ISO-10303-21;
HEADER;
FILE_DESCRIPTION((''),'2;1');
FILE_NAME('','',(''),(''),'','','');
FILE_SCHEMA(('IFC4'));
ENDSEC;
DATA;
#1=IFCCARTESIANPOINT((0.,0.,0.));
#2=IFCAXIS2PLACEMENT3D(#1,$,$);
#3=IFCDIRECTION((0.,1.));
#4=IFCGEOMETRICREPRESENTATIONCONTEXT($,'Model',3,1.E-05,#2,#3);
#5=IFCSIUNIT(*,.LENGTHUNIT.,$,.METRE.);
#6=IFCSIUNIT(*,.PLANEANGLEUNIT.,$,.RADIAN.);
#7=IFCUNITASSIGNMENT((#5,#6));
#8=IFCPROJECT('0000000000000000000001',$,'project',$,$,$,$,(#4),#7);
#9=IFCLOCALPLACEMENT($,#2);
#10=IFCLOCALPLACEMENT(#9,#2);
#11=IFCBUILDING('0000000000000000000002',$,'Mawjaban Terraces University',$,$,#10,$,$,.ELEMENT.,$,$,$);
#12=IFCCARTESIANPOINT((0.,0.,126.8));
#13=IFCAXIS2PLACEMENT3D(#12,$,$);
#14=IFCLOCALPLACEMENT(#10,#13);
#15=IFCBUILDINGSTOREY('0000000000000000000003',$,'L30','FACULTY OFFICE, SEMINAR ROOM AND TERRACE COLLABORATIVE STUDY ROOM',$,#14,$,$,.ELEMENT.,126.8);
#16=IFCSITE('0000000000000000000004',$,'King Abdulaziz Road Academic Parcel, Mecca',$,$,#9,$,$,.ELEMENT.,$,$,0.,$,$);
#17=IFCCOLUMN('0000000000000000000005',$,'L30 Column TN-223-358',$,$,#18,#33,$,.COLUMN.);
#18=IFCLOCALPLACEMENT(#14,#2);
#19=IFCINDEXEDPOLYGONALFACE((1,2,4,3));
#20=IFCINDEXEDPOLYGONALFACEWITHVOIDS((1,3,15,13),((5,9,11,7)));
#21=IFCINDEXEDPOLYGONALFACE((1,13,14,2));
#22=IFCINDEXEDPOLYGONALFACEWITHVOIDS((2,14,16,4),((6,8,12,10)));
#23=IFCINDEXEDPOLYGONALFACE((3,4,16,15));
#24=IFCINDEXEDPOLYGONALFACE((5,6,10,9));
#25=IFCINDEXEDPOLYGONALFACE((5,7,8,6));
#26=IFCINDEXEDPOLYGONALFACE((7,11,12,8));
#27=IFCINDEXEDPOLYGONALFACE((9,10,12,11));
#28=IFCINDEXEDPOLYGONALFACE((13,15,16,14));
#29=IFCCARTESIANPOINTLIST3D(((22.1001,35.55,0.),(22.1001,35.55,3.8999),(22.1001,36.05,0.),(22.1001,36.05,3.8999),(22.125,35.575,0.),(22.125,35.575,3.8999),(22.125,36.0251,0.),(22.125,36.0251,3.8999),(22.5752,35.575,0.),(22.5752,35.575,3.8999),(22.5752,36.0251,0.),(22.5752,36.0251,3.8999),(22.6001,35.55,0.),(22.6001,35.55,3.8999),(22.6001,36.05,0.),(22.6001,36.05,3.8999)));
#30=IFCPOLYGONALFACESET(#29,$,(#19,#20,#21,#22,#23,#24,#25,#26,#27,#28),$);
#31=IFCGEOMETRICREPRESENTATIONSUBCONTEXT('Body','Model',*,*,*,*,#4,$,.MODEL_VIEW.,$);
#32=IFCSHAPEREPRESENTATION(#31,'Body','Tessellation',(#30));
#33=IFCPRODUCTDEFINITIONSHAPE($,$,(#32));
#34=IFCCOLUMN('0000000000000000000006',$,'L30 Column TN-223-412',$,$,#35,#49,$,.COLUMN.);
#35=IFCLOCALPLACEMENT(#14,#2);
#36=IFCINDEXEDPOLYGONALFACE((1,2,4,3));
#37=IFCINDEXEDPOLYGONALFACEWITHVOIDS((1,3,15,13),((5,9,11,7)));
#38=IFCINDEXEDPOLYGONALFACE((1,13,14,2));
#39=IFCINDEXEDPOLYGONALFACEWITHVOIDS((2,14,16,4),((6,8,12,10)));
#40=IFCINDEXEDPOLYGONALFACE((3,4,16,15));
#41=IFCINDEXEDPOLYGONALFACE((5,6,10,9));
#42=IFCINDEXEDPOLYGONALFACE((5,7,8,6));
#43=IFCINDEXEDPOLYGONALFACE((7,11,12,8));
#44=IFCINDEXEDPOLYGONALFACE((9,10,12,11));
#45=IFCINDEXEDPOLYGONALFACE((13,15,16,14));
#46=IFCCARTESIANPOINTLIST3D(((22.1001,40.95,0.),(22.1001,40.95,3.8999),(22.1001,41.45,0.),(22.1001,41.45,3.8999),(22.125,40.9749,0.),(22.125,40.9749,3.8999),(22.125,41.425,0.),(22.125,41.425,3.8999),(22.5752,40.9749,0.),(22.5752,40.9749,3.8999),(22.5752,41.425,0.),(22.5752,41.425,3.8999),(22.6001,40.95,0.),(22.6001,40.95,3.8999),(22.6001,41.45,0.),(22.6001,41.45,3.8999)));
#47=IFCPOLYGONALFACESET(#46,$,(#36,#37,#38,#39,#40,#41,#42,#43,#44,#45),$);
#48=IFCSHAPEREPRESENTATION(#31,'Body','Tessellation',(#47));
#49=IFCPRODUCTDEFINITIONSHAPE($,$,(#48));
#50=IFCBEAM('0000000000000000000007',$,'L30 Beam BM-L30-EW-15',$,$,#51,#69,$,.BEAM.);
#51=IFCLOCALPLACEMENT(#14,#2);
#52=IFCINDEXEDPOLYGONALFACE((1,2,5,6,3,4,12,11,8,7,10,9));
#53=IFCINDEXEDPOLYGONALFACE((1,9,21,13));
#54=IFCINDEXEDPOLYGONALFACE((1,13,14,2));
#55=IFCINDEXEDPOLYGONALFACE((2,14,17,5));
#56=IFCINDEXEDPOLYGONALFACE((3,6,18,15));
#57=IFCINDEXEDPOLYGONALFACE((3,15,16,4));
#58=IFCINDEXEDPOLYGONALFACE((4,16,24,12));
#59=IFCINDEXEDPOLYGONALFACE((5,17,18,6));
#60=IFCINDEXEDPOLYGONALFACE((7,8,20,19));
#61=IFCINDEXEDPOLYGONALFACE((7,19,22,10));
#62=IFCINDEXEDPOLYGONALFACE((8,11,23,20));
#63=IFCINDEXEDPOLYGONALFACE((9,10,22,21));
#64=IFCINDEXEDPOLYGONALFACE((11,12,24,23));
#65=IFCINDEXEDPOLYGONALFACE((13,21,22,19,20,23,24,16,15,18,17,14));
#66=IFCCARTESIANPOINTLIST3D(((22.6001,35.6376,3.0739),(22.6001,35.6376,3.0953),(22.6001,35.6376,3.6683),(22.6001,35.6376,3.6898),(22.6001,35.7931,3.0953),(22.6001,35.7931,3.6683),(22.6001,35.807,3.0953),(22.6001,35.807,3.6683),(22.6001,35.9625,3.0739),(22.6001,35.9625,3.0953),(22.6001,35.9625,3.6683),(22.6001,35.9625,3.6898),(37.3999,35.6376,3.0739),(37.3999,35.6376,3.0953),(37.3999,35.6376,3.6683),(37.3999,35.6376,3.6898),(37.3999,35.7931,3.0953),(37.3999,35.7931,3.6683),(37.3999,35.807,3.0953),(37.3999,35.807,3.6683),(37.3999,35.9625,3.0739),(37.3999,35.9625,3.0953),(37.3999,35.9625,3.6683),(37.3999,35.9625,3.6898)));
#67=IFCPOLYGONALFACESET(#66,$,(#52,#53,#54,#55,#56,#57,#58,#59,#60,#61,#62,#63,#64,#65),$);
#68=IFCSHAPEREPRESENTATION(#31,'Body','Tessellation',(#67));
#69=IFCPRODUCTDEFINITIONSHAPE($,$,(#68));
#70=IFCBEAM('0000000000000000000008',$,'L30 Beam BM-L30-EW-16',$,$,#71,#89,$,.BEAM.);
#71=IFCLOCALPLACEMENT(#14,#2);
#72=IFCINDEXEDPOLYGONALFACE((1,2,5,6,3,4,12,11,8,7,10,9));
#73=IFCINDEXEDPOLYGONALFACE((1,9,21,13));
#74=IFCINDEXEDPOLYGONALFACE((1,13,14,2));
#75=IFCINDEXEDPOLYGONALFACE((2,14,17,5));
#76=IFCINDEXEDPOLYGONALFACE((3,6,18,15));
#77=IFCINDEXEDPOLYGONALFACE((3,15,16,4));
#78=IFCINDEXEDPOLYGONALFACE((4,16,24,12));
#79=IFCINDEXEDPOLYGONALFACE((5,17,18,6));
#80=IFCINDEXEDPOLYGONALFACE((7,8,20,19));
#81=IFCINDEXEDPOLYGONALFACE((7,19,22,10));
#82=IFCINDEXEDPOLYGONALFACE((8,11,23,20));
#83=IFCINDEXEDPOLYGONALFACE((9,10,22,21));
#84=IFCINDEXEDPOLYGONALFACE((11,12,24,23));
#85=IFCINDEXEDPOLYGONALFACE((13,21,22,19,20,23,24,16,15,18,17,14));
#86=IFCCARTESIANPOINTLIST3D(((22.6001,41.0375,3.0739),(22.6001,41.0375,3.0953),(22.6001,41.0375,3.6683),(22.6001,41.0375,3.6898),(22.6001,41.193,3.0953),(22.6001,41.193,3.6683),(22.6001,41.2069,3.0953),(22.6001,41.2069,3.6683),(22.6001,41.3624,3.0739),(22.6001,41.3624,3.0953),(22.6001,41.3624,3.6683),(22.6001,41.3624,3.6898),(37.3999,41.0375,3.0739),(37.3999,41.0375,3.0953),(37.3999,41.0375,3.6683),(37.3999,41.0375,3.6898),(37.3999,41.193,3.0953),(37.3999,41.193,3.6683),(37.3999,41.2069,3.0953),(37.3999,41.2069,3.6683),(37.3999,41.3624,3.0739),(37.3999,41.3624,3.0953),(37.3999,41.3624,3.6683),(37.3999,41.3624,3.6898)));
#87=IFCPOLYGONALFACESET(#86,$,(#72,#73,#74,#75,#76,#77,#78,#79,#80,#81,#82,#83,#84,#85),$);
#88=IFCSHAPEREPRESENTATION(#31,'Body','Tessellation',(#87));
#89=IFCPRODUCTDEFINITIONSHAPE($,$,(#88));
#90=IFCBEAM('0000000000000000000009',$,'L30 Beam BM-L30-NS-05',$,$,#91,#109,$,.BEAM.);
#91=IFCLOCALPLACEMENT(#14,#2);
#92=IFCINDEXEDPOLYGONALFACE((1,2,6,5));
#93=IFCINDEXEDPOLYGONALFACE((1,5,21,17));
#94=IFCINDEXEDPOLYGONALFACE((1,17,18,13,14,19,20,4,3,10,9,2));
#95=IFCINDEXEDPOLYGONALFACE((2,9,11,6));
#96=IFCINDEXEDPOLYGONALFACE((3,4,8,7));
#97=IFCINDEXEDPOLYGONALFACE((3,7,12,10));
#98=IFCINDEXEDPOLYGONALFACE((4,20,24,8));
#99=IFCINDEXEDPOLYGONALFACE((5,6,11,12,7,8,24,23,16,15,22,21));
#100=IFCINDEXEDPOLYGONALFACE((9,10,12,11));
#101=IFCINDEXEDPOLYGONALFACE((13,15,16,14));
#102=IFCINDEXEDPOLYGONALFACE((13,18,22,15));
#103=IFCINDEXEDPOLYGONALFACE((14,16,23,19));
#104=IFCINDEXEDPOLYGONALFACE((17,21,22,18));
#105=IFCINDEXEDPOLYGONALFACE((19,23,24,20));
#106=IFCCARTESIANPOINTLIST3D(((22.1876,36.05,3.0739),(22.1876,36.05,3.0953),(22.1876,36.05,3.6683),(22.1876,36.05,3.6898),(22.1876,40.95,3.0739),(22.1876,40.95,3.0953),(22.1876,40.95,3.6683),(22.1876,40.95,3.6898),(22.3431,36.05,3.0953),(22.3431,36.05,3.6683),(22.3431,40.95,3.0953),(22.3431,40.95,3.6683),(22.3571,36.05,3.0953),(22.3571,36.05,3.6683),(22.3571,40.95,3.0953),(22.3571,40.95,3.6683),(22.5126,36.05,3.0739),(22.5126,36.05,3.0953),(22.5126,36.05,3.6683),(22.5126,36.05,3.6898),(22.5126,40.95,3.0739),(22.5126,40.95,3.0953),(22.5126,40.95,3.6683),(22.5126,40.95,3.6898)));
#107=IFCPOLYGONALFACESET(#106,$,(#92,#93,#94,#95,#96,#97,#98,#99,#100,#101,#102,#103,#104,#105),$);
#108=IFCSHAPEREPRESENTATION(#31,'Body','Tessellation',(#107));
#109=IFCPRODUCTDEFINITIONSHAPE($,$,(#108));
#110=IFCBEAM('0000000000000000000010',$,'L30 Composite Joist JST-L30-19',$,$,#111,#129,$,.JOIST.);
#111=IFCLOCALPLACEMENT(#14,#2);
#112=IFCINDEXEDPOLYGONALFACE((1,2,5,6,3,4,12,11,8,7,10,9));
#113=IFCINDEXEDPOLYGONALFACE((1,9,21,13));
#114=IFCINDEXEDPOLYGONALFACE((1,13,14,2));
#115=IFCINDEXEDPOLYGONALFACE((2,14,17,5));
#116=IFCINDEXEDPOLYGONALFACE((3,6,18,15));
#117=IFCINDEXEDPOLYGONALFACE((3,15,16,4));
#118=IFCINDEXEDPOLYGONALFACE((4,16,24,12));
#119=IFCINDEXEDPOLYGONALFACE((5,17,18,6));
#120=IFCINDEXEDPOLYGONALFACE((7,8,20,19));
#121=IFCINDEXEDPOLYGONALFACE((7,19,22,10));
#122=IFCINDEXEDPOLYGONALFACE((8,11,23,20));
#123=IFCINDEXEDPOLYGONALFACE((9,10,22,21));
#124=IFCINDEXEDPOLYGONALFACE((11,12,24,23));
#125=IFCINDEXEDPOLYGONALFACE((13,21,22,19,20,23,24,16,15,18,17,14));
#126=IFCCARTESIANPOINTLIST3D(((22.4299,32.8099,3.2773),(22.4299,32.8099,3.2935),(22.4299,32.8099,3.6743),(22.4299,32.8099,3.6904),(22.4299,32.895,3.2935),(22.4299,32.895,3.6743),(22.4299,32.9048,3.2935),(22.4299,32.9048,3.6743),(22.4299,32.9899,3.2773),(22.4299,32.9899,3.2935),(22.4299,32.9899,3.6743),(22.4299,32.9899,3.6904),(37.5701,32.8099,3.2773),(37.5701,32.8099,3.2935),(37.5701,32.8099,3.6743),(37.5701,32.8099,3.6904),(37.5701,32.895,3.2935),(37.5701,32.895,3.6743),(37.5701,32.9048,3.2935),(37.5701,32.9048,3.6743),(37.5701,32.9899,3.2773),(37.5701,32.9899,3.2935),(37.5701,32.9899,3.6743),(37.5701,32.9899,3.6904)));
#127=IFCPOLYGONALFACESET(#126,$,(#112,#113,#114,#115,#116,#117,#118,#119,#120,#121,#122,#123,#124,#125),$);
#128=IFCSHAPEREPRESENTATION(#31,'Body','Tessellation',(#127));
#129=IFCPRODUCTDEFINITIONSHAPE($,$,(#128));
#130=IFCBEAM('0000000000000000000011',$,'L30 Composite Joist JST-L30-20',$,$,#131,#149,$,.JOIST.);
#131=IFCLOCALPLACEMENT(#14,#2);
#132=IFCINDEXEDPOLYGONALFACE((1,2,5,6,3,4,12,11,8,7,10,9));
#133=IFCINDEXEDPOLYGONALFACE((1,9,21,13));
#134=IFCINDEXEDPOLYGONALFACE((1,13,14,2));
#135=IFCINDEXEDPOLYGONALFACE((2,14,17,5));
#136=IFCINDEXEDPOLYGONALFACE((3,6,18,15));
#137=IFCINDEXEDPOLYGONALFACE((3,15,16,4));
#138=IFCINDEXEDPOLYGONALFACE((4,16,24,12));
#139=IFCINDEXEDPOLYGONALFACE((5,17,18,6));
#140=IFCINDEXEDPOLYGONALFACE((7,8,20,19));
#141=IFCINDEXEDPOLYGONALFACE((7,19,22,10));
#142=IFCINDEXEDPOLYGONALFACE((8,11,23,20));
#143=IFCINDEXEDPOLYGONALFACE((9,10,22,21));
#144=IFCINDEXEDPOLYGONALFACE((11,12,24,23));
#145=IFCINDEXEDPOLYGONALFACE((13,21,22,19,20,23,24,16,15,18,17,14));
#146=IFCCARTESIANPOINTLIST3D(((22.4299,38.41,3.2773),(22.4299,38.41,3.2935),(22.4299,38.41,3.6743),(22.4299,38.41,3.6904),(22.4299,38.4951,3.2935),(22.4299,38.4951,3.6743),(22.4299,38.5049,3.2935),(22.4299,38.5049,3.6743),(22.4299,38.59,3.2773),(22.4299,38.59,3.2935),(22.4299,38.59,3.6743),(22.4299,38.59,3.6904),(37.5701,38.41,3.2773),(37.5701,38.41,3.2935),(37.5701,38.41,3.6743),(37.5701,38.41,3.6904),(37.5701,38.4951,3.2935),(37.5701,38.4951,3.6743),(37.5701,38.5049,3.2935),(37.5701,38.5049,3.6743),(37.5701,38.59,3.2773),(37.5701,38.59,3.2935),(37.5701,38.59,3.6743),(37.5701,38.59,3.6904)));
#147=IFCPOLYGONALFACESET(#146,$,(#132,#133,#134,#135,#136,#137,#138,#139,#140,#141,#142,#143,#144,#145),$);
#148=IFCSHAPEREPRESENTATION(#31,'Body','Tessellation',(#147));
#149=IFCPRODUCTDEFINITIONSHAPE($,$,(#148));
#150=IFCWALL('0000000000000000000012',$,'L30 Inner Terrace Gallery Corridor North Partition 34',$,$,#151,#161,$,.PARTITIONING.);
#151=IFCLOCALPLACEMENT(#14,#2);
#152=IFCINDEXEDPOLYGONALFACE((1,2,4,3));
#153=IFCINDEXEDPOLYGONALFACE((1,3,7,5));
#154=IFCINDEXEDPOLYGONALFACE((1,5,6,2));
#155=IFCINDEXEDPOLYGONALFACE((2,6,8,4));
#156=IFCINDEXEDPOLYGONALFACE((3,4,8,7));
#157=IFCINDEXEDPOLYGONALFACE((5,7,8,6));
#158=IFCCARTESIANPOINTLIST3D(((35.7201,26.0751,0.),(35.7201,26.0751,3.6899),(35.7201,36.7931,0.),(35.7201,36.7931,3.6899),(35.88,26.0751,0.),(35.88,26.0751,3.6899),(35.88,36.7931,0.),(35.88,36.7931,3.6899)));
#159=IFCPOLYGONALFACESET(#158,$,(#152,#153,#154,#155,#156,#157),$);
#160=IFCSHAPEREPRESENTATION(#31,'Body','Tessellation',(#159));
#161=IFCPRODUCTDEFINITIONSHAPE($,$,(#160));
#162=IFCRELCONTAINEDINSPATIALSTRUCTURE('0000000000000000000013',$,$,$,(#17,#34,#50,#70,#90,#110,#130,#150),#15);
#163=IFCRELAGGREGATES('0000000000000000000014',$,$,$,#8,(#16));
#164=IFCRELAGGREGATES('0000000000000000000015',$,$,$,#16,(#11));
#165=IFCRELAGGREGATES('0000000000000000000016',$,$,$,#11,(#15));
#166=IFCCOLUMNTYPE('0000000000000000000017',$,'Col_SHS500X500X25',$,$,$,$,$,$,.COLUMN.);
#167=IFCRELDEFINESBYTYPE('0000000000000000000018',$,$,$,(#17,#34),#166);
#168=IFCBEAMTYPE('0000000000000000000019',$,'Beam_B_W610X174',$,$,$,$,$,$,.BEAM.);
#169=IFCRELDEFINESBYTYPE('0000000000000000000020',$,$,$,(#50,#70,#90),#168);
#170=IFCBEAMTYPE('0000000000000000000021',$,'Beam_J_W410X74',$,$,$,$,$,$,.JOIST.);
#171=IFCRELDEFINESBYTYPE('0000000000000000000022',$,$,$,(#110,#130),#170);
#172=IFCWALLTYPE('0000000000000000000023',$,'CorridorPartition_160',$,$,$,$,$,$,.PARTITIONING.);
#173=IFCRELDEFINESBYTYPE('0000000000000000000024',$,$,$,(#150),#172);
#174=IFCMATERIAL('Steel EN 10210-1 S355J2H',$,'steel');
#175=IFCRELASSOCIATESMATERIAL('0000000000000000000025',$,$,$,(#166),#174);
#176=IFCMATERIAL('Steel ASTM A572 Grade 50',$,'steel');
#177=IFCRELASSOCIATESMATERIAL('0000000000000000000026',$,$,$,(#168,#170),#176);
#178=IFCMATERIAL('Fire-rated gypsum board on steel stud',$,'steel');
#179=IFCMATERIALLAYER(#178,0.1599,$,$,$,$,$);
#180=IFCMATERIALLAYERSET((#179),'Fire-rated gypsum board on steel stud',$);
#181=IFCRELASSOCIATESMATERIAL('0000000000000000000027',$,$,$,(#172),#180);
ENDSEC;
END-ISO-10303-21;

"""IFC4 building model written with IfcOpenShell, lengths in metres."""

from ifc_helpers import new_model, si_unit, direction, frame, frame_2d, origin, origin_2d, place, context, subcontext, project, spatial, rectangle, hollow_rectangle, i_section, extrude, material, layer, layer_set, material_profile, profile_set, type_object, element, save


model = new_model("IFC4")

# Units and contexts
model_context = context("Model", 3, precision=1e-05, world=origin(), true_north=direction((0.0, 1.0)))
body_context = subcontext(model_context, "Body", "Model", "MODEL_VIEW")
ifc_project = project(units=[si_unit("LENGTHUNIT", "METRE"), si_unit("PLANEANGLEUNIT", "RADIAN")], contexts=[model_context])

# Site, building, storey
site_placement = place(None, origin())
site = spatial("IfcSite", under=ifc_project, at=site_placement, Name="King Abdulaziz Road Academic Parcel, Mecca", CompositionType="ELEMENT", RefElevation=0.0)
building_placement = place(site_placement, origin())
building = spatial("IfcBuilding", under=site, at=building_placement, Name="Mawjaban Terraces University", CompositionType="ELEMENT")
storey_placement = place(building_placement, frame((0.0, 0.0, 126.8)))
storey = spatial("IfcBuildingStorey", under=building, at=storey_placement, Name="L30", Description="FACULTY OFFICE, SEMINAR ROOM AND TERRACE COLLABORATIVE STUDY ROOM", CompositionType="ELEMENT", Elevation=126.8)

# Columns
ifc_material_1 = material(Name="Steel EN 10210-1 S355J2H", Category="steel")
ifc_material_profile_1 = material_profile(ifc_material_1, hollow_rectangle(XDim=0.5, YDim=0.5, WallThickness=0.0249, at=origin_2d()), Name="SHS500X500X25")
ifc_profile_set_1 = profile_set([ifc_material_profile_1], Name="Steel EN 10210-1 S355J2H")
column_type = type_object("IfcColumnType", Name="Col_SHS500X500X25", PredefinedType="COLUMN", material=ifc_profile_set_1)
for number, where, z_axis, x_axis, name in (
    (1, (22.3501, 35.8, 0.0), (0.0, 0.0, 1.0), (1.0, 0.0, 0.0), "L30 Column TN-223-358"),
    (2, (22.3501, 41.2, 0.0), (0.0, 0.0, 1.0), (1.0, 0.0, 0.0), "L30 Column TN-223-412"),
):
    element("IfcColumn", number, at=place(storey_placement, frame(where, z_axis=z_axis, x_axis=x_axis)), inside=storey, type_object=column_type, Name=name, PredefinedType="COLUMN", context=body_context, shape_type="SweptSolid", body=[
        extrude(hollow_rectangle(XDim=0.5, YDim=0.5, WallThickness=0.0249, at=origin_2d()), origin(), (0.0, 0.0, 1.0), 3.8999),
    ])

# Beams
ifc_material_2 = material(Name="Steel ASTM A572 Grade 50", Category="steel")
ifc_material_profile_2 = material_profile(ifc_material_2, i_section(OverallWidth=0.325, OverallDepth=0.616, WebThickness=0.0139, FlangeThickness=0.0215, at=origin_2d()), Name="W610X174")
ifc_profile_set_2 = profile_set([ifc_material_profile_2], Name="Steel ASTM A572 Grade 50")
beam_type_1 = type_object("IfcBeamType", Name="Beam_B_W610X174", PredefinedType="BEAM", material=ifc_profile_set_2)
for number, where, z_axis, x_axis, name in (
    (3, (22.6001, 35.8, 3.3818), (1.0, 0.0, 0.0), (0.0, 1.0, 0.0), "L30 Beam BM-L30-EW-15"),
    (4, (22.6001, 41.2, 3.3818), (1.0, 0.0, 0.0), (0.0, 1.0, 0.0), "L30 Beam BM-L30-EW-16"),
):
    element("IfcBeam", number, at=place(storey_placement, frame(where, z_axis=z_axis, x_axis=x_axis)), inside=storey, type_object=beam_type_1, Name=name, PredefinedType="BEAM", context=body_context, shape_type="SweptSolid", body=[
        extrude(i_section(OverallWidth=0.325, OverallDepth=0.616, WebThickness=0.0139, FlangeThickness=0.0215, at=origin_2d()), origin(), (0.0, 0.0, 1.0), 14.7998),
    ])
beam_placement = place(storey_placement, frame((22.3501, 36.05, 3.3818), z_axis=(0.0, 1.0, 0.0), x_axis=(-1.0, 0.0, 0.0)))
element("IfcBeam", 5, at=beam_placement, inside=storey, type_object=beam_type_1, Name="L30 Beam BM-L30-NS-05", PredefinedType="BEAM", context=body_context, shape_type="SweptSolid", body=[
    extrude(i_section(OverallWidth=0.325, OverallDepth=0.616, WebThickness=0.0139, FlangeThickness=0.0215, at=origin_2d()), origin(), (0.0, 0.0, 1.0), 4.8999),
])
ifc_material_profile_3 = material_profile(ifc_material_2, i_section(OverallWidth=0.1799, OverallDepth=0.4131, WebThickness=0.0098, FlangeThickness=0.0161, at=origin_2d()), Name="W410X74")
ifc_profile_set_3 = profile_set([ifc_material_profile_3], Name="Steel ASTM A572 Grade 50")
beam_type_2 = type_object("IfcBeamType", Name="Beam_J_W410X74", PredefinedType="JOIST", material=ifc_profile_set_3)
for number, where, z_axis, x_axis, name in (
    (6, (22.4299, 32.8999, 3.4839), (1.0, 0.0, 0.0), (0.0, 1.0, 0.0), "L30 Composite Joist JST-L30-19"),
    (7, (22.4299, 38.5, 3.4839), (1.0, 0.0, 0.0), (0.0, 1.0, 0.0), "L30 Composite Joist JST-L30-20"),
):
    element("IfcBeam", number, at=place(storey_placement, frame(where, z_axis=z_axis, x_axis=x_axis)), inside=storey, type_object=beam_type_2, Name=name, PredefinedType="JOIST", context=body_context, shape_type="SweptSolid", body=[
        extrude(i_section(OverallWidth=0.1799, OverallDepth=0.4131, WebThickness=0.0098, FlangeThickness=0.0161, at=origin_2d()), origin(), (0.0, 0.0, 1.0), 15.1401),
    ])

# Wall
ifc_material_3 = material(Name="Fire-rated gypsum board on steel stud", Category="steel")
ifc_layer_1 = layer(ifc_material_3, 0.1599)
ifc_layer_set_1 = layer_set([ifc_layer_1], Name="Fire-rated gypsum board on steel stud")
wall_type_1 = type_object("IfcWallType", Name="CorridorPartition_160", PredefinedType="PARTITIONING", material=ifc_layer_set_1)
wall_1_placement = place(storey_placement, frame((35.8, 36.793, 0.0), z_axis=(0.0, 0.0, 1.0), x_axis=(0.0, -1.0, 0.0)))
element("IfcWall", 8, at=wall_1_placement, inside=storey, type_object=wall_type_1, Name="L30 Inner Terrace Gallery Corridor North Partition 34", PredefinedType="PARTITIONING", context=body_context, shape_type="SweptSolid", body=[
    extrude(rectangle(XDim=10.718, YDim=0.1599, at=frame_2d((5.3589, 0.0))), origin(), (0.0, 0.0, 1.0), 3.6899),
])

save(model, "model.ifc")
